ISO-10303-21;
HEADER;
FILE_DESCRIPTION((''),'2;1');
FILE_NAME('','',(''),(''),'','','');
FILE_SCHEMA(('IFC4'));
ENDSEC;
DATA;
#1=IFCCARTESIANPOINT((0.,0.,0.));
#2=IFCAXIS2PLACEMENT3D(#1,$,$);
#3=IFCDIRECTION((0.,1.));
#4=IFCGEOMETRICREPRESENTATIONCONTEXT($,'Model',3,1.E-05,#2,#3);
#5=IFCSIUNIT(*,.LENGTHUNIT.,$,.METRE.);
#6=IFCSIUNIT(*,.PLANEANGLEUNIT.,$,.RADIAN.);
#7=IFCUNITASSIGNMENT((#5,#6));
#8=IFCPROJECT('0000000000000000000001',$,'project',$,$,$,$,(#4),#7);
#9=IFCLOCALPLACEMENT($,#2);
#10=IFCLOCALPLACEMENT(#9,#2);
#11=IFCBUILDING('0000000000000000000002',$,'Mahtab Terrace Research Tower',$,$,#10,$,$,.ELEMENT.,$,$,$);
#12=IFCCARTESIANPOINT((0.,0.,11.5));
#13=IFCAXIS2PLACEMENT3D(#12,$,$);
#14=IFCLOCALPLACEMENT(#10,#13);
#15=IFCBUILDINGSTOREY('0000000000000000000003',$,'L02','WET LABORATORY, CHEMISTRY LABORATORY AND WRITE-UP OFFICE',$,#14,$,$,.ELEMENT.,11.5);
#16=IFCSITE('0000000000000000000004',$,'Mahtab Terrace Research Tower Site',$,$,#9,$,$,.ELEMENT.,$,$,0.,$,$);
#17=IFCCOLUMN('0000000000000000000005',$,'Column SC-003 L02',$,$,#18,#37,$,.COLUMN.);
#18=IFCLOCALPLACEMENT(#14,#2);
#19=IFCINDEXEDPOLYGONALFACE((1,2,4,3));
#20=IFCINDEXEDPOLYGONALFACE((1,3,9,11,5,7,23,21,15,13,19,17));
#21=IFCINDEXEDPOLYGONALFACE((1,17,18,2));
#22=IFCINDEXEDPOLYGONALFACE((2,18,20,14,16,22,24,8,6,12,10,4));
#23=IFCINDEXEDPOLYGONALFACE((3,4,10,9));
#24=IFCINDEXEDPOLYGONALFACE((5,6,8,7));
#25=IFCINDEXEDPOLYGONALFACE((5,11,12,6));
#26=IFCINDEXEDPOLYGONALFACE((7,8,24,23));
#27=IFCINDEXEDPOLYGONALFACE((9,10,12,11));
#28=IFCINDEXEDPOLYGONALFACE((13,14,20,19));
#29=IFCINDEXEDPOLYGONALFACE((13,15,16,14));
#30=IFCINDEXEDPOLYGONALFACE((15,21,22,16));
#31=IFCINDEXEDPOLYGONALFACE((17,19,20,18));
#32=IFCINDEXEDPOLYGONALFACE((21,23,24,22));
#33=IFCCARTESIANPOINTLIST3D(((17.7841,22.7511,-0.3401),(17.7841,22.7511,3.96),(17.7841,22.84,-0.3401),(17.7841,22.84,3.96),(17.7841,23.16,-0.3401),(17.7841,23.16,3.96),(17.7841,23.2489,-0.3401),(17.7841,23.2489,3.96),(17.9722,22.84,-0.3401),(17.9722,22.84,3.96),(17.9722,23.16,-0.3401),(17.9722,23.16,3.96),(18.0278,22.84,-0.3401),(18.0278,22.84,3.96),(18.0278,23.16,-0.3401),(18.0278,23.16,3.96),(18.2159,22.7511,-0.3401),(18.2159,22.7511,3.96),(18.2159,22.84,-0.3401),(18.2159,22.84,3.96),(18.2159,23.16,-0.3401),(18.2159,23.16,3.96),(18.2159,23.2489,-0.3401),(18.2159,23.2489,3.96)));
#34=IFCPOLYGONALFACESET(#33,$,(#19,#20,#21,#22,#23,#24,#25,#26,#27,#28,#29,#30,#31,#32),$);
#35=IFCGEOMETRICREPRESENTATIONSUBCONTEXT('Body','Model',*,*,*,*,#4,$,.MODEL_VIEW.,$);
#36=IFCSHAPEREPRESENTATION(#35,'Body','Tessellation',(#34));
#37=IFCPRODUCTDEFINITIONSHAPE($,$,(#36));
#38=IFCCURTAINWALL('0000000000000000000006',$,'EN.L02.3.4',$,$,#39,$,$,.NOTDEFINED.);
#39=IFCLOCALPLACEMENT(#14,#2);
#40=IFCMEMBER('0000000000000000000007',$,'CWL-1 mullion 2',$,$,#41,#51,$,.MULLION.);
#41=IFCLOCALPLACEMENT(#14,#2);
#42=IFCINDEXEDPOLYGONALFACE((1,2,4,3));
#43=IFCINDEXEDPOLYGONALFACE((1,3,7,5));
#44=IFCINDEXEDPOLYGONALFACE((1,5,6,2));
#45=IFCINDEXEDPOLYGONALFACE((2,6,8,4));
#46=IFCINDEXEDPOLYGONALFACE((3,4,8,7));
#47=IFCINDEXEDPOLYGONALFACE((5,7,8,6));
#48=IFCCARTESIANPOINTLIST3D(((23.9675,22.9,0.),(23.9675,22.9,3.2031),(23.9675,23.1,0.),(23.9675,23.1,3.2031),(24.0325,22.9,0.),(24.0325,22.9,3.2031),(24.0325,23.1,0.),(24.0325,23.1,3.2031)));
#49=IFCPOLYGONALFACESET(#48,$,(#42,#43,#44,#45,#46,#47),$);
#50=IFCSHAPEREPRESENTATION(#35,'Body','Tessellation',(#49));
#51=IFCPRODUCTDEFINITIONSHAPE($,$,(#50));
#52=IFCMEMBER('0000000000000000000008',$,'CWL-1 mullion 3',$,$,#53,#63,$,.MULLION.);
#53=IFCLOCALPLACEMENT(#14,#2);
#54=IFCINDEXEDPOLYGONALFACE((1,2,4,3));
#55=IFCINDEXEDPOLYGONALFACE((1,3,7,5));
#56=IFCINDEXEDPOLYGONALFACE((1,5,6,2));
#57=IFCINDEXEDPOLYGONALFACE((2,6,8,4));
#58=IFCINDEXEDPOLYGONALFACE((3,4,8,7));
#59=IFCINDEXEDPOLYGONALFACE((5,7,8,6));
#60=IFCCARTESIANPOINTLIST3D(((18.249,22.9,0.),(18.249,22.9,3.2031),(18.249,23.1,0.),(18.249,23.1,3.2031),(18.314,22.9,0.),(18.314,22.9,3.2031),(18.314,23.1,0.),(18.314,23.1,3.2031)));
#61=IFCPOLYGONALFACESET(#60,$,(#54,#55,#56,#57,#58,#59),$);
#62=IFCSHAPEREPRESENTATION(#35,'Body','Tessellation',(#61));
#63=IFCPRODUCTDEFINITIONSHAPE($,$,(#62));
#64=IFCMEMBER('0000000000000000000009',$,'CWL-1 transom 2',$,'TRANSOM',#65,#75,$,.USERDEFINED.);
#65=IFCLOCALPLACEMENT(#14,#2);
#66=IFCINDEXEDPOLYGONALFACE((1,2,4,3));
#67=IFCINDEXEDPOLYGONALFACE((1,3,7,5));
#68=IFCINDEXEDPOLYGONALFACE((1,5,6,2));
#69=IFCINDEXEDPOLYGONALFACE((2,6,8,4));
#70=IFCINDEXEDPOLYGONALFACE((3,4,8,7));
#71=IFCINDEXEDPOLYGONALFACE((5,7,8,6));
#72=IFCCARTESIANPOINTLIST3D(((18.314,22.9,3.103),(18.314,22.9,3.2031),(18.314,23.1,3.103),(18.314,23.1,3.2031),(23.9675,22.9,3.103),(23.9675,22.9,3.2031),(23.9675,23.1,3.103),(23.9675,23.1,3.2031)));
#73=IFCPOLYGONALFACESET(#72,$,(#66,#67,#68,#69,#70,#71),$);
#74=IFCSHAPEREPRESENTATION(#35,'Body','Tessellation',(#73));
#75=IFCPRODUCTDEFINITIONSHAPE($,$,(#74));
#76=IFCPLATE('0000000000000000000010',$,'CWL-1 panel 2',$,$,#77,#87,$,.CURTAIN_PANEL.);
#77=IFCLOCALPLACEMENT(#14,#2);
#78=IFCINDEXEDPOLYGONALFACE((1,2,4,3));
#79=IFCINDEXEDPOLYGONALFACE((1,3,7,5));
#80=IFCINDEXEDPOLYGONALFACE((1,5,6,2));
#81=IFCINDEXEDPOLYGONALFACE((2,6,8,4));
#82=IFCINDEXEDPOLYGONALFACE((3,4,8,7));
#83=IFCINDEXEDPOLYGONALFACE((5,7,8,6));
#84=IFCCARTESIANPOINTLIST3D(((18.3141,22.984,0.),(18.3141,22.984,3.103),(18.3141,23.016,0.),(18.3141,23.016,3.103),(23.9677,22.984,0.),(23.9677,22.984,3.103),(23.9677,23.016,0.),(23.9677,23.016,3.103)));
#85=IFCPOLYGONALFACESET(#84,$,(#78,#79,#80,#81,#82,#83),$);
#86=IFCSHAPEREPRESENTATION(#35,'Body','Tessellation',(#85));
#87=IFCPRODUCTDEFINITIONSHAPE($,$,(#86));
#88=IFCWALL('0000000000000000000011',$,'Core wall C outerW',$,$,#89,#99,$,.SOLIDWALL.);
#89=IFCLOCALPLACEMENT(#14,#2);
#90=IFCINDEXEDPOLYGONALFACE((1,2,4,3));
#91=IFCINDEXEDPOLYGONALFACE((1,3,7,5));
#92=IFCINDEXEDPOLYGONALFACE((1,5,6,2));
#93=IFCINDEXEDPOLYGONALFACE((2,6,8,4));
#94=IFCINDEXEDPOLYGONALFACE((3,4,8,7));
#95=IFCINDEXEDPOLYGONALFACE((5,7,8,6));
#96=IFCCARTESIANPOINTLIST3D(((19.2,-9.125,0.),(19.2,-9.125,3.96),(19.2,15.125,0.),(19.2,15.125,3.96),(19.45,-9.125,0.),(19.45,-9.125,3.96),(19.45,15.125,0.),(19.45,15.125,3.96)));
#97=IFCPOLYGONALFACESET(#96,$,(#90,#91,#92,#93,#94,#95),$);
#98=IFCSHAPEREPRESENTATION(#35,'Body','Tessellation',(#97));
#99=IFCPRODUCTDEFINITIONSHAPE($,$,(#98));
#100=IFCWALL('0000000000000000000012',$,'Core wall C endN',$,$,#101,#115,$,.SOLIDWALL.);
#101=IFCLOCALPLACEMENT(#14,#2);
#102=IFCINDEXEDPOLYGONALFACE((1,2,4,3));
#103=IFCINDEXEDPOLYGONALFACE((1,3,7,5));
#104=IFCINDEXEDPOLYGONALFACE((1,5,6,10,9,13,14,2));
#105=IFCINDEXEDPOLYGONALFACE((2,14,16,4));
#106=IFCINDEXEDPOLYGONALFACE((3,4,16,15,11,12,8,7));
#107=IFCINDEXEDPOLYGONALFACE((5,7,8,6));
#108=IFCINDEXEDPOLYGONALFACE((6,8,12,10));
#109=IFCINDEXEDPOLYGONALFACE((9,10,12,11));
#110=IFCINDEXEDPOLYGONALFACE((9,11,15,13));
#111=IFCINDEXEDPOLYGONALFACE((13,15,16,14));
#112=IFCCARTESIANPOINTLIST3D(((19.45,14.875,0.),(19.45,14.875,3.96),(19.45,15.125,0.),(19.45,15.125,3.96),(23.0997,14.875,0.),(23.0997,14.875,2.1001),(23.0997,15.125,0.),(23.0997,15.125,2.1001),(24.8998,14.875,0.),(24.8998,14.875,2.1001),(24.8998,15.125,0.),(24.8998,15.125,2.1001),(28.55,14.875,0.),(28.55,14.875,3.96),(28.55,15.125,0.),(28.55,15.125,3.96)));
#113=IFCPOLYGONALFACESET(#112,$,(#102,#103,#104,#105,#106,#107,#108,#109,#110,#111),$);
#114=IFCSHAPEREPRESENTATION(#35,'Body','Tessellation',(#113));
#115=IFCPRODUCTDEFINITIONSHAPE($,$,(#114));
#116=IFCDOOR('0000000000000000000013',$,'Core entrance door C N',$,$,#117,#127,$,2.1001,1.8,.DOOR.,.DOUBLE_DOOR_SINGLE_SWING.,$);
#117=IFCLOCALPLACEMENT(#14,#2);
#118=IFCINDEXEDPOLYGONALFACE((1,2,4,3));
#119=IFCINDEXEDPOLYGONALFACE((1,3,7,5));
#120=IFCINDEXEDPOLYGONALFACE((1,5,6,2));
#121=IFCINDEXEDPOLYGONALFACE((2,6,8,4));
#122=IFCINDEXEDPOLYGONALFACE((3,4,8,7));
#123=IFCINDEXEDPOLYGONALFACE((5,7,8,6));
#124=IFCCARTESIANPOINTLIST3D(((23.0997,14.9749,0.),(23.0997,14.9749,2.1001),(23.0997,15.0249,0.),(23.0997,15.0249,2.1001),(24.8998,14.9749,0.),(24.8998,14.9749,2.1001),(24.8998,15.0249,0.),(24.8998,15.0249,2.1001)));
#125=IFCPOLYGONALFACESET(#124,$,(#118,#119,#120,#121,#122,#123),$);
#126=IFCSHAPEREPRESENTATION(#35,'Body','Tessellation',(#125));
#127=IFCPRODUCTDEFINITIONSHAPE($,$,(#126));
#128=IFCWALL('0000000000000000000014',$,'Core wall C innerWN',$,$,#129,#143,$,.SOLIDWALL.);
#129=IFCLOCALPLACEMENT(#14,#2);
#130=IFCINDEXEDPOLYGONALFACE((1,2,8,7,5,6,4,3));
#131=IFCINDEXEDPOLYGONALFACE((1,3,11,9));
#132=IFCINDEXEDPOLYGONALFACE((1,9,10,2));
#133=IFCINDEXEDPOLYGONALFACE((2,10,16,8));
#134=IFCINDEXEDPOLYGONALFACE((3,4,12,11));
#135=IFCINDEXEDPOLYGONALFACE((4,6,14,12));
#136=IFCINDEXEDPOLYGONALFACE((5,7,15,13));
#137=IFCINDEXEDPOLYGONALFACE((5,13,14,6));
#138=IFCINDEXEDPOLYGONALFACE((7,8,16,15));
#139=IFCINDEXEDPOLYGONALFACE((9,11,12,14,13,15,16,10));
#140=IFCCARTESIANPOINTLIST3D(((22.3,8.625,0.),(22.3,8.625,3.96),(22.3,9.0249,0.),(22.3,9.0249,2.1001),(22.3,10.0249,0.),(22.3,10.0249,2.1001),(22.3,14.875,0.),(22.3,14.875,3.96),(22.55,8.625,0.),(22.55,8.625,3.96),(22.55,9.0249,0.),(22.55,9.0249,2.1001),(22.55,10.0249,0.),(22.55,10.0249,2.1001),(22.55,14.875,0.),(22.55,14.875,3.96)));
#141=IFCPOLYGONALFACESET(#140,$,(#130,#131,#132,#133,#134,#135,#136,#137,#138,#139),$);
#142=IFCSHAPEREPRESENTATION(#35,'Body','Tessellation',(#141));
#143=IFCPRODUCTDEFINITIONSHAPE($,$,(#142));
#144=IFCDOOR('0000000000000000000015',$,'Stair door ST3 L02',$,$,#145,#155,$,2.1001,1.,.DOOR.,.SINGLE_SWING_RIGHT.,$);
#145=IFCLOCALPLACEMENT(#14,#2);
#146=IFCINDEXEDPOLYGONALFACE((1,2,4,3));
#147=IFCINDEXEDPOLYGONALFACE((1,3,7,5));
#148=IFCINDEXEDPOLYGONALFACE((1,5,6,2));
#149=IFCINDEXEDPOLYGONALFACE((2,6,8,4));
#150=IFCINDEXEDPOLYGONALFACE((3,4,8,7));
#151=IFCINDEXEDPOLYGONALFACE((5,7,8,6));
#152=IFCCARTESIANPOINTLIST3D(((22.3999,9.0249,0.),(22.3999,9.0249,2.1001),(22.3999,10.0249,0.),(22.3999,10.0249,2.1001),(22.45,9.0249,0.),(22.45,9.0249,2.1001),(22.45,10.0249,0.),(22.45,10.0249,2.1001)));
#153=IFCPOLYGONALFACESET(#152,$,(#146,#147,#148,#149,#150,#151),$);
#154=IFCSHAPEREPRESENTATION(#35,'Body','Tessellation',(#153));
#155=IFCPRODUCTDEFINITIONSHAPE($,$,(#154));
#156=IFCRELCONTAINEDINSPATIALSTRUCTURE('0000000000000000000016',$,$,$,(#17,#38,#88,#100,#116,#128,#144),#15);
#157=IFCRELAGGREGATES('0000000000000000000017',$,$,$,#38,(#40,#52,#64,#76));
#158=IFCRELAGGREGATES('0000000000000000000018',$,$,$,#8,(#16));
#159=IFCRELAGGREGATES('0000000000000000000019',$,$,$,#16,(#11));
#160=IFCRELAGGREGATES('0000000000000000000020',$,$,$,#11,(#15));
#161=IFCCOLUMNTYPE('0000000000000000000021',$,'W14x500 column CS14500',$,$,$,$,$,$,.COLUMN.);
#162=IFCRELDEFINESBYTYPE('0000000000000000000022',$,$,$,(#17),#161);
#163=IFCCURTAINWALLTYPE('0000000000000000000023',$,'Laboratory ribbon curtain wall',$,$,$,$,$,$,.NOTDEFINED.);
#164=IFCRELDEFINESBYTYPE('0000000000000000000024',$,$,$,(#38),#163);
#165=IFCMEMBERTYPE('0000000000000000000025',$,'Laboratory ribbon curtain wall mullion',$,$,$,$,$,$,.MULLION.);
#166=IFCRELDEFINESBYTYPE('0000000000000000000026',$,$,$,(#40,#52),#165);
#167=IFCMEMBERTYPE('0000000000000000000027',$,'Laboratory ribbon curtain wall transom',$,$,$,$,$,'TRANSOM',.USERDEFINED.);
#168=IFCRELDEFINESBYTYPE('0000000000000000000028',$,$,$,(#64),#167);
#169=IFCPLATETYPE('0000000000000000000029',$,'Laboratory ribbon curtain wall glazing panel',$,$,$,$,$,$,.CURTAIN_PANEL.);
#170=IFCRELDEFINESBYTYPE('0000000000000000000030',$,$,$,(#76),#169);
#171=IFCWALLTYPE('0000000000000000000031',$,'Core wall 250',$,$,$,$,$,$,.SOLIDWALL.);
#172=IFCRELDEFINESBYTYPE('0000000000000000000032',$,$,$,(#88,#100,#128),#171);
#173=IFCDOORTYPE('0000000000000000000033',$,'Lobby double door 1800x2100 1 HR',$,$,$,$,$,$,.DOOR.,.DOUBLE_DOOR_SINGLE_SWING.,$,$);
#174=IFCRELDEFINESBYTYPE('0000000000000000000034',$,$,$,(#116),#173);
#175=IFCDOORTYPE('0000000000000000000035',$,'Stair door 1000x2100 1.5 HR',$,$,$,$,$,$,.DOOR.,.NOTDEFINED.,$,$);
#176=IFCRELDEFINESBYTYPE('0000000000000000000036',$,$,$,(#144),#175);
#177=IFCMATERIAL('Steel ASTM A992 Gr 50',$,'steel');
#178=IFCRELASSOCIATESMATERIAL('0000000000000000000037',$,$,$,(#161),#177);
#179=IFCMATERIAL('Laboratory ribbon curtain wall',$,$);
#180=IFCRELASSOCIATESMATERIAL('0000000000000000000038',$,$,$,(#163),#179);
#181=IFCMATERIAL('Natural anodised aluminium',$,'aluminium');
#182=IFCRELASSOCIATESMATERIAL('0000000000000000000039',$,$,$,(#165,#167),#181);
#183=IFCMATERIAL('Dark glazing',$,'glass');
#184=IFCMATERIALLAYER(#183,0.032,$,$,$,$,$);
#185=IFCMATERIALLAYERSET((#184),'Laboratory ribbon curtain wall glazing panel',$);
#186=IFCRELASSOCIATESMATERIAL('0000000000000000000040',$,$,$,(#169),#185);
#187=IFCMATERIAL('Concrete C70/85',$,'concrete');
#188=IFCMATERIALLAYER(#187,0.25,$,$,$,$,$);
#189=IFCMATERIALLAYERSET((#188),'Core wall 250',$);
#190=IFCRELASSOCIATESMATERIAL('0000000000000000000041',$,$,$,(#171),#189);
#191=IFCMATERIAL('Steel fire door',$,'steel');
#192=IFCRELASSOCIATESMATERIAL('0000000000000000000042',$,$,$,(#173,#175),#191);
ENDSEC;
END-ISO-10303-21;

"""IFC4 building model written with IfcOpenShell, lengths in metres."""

from ifc_helpers import new_model, si_unit, direction, frame, frame_2d, origin, origin_2d, place, context, subcontext, project, spatial, rectangle, i_section, extrude, material, layer, layer_set, material_profile, profile_set, type_object, element, fill, aggregate, save


model = new_model("IFC4")

# Units and contexts
model_context = context("Model", 3, precision=1e-05, world=origin(), true_north=direction((0.0, 1.0)))
body_context = subcontext(model_context, "Body", "Model", "MODEL_VIEW")
ifc_project = project(units=[si_unit("LENGTHUNIT", "METRE"), si_unit("PLANEANGLEUNIT", "RADIAN")], contexts=[model_context])

# Site, building, storey
site_placement = place(None, origin())
site = spatial("IfcSite", under=ifc_project, at=site_placement, Name="Mahtab Terrace Research Tower Site", CompositionType="ELEMENT", RefElevation=0.0)
building_placement = place(site_placement, origin())
building = spatial("IfcBuilding", under=site, at=building_placement, Name="Mahtab Terrace Research Tower", CompositionType="ELEMENT")
storey_placement = place(building_placement, frame((0.0, 0.0, 11.5)))
storey = spatial("IfcBuildingStorey", under=building, at=storey_placement, Name="L02", Description="WET LABORATORY, CHEMISTRY LABORATORY AND WRITE-UP OFFICE", CompositionType="ELEMENT", Elevation=11.5)

# Column
ifc_material_1 = material(Name="Steel ASTM A992 Gr 50", Category="steel")
ifc_material_profile_1 = material_profile(ifc_material_1, i_section(OverallWidth=0.4319, OverallDepth=0.4978, WebThickness=0.0557, FlangeThickness=0.0889, at=origin_2d()), Name="W14X500")
ifc_profile_set_1 = profile_set([ifc_material_profile_1], Name="Steel ASTM A992 Gr 50")
column_type = type_object("IfcColumnType", Name="W14x500 column CS14500", PredefinedType="COLUMN", material=ifc_profile_set_1)
column_placement = place(storey_placement, frame((18.0, 23.0, -0.3401), z_axis=(0.0, 0.0, 1.0), x_axis=(1.0, 0.0, 0.0)))
element("IfcColumn", 1, at=column_placement, inside=storey, type_object=column_type, Name="Column SC-003 L02", PredefinedType="COLUMN", context=body_context, shape_type="SweptSolid", body=[
    extrude(i_section(OverallWidth=0.4319, OverallDepth=0.4978, WebThickness=0.0557, FlangeThickness=0.0889, at=origin_2d()), origin(), (0.0, 0.0, 1.0), 4.3),
])

# Curtain wall, members, plate
ifc_material_2 = material(Name="Laboratory ribbon curtain wall")
curtain_wall_type = type_object("IfcCurtainWallType", Name="Laboratory ribbon curtain wall", PredefinedType="NOTDEFINED", material=ifc_material_2)
curtain_wall_placement = place(storey_placement, origin())
curtain_wall = element("IfcCurtainWall", 2, at=curtain_wall_placement, inside=storey, type_object=curtain_wall_type, Name="EN.L02.3.4", PredefinedType="NOTDEFINED")
ifc_material_3 = material(Name="Natural anodised aluminium", Category="aluminium")
ifc_material_profile_2 = material_profile(ifc_material_3, rectangle(XDim=0.2, YDim=0.0649, at=origin_2d()), Name="MULLION 65x200")
ifc_profile_set_2 = profile_set([ifc_material_profile_2], Name="Natural anodised aluminium")
member_type_1 = type_object("IfcMemberType", Name="Laboratory ribbon curtain wall mullion", PredefinedType="MULLION", material=ifc_profile_set_2)
member_1_placement = place(storey_placement, frame((24.0, 23.0, 0.0), z_axis=(0.0, 0.0, 1.0), x_axis=(0.0, -1.0, 0.0)))
member_1 = element("IfcMember", 3, at=member_1_placement, type_object=member_type_1, Name="CWL-1 mullion 2", PredefinedType="MULLION", context=body_context, shape_type="SweptSolid", body=[
    extrude(rectangle(XDim=0.2, YDim=0.0649, at=origin_2d()), origin(), (0.0, 0.0, 1.0), 3.2031),
])
member_2_placement = place(storey_placement, frame((18.2815, 23.0, 0.0), z_axis=(0.0, 0.0, 1.0), x_axis=(0.0, -1.0, 0.0)))
member_2 = element("IfcMember", 4, at=member_2_placement, type_object=member_type_1, Name="CWL-1 mullion 3", PredefinedType="MULLION", context=body_context, shape_type="SweptSolid", body=[
    extrude(rectangle(XDim=0.2, YDim=0.0649, at=origin_2d()), origin(), (0.0, 0.0, 1.0), 3.2031),
])
ifc_material_profile_3 = material_profile(ifc_material_3, rectangle(XDim=0.2, YDim=0.1001, at=origin_2d()), Name="TRANSOM 100x200")
ifc_profile_set_3 = profile_set([ifc_material_profile_3], Name="Natural anodised aluminium")
member_type_2 = type_object("IfcMemberType", Name="Laboratory ribbon curtain wall transom", ElementType="TRANSOM", PredefinedType="USERDEFINED", material=ifc_profile_set_3)
member_3_placement = place(storey_placement, frame((23.9675, 23.0, 3.1531), z_axis=(-1.0, 0.0, 0.0), x_axis=(0.0, -1.0, 0.0)))
member_3 = element("IfcMember", 5, at=member_3_placement, type_object=member_type_2, Name="CWL-1 transom 2", ObjectType="TRANSOM", PredefinedType="USERDEFINED", context=body_context, shape_type="SweptSolid", body=[
    extrude(rectangle(XDim=0.2, YDim=0.1001, at=origin_2d()), origin(), (0.0, 0.0, 1.0), 5.6536),
])
ifc_material_4 = material(Name="Dark glazing", Category="glass")
ifc_layer_1 = layer(ifc_material_4, 0.032)
ifc_layer_set_1 = layer_set([ifc_layer_1], Name="Laboratory ribbon curtain wall glazing panel")
plate_type = type_object("IfcPlateType", Name="Laboratory ribbon curtain wall glazing panel", PredefinedType="CURTAIN_PANEL", material=ifc_layer_set_1)
plate_placement = place(storey_placement, frame((21.1409, 23.0, 0.0), z_axis=(0.0, 0.0, 1.0), x_axis=(-1.0, 0.0, 0.0)))
plate = element("IfcPlate", 6, at=plate_placement, type_object=plate_type, Name="CWL-1 panel 2", PredefinedType="CURTAIN_PANEL", context=body_context, shape_type="SweptSolid", body=[
    extrude(rectangle(XDim=5.6536, YDim=0.032, at=origin_2d()), origin(), (0.0, 0.0, 1.0), 3.103),
])
aggregate(curtain_wall, [member_1, member_2, member_3, plate])

# Wall
ifc_material_5 = material(Name="Concrete C70/85", Category="concrete")
ifc_layer_2 = layer(ifc_material_5, 0.25)
ifc_layer_set_2 = layer_set([ifc_layer_2], Name="Core wall 250")
wall_type_1 = type_object("IfcWallType", Name="Core wall 250", PredefinedType="SOLIDWALL", material=ifc_layer_set_2)
wall_1_placement = place(storey_placement, frame((19.325, 15.125, 0.0), z_axis=(0.0, 0.0, 1.0), x_axis=(0.0, -1.0, 0.0)))
element("IfcWall", 7, at=wall_1_placement, inside=storey, type_object=wall_type_1, Name="Core wall C outerW", PredefinedType="SOLIDWALL", context=body_context, shape_type="SweptSolid", body=[
    extrude(rectangle(XDim=24.25, YDim=0.25, at=frame_2d((12.125, 0.0))), origin(), (0.0, 0.0, 1.0), 3.96),
])

# Walls, openings, doors
wall_2_placement = place(storey_placement, frame((19.45, 15.0, 0.0), z_axis=(0.0, 0.0, 1.0), x_axis=(1.0, 0.0, 0.0)))
wall_2 = element("IfcWall", 8, at=wall_2_placement, inside=storey, type_object=wall_type_1, Name="Core wall C endN", PredefinedType="SOLIDWALL", context=body_context, shape_type="SweptSolid", body=[
    extrude(rectangle(XDim=9.1001, YDim=0.25, at=frame_2d((4.55, 0.0))), origin(), (0.0, 0.0, 1.0), 3.96),
])
opening_1_placement = place(wall_2_placement, frame((3.6499, 0.0, 0.0)))
opening_1 = element("IfcOpeningElement", 9, at=opening_1_placement, cuts=wall_2, PredefinedType="OPENING", context=body_context, shape_type="SweptSolid", body=[
    extrude(rectangle(XDim=1.8, YDim=2.1001, at=frame_2d((0.8999, 1.05))), frame((0.0, 0.135, 0.0), z_axis=(0.0, -1.0, 0.0), x_axis=(1.0, 0.0, 0.0)), (0.0, 0.0, 1.0), 0.27),
])
ifc_material_6 = material(Name="Steel fire door", Category="steel")
door_type_1 = type_object("IfcDoorType", Name="Lobby double door 1800x2100 1 HR", OperationType="DOUBLE_DOOR_SINGLE_SWING", PredefinedType="DOOR", material=ifc_material_6)
door_1_placement = place(opening_1_placement, origin())
door_1 = element("IfcDoor", 10, at=door_1_placement, inside=storey, type_object=door_type_1, Name="Core entrance door C N", OperationType="DOUBLE_DOOR_SINGLE_SWING", OverallHeight=2.1001, OverallWidth=1.8, PredefinedType="DOOR", context=body_context, shape_type="SweptSolid", body=[
    extrude(rectangle(XDim=1.8, YDim=2.1001, at=frame_2d((0.8999, 1.05))), frame((0.0, 0.0249, 0.0), z_axis=(0.0, -1.0, 0.0), x_axis=(1.0, 0.0, 0.0)), (0.0, 0.0, 1.0), 0.05),
])
fill(opening_1, door_1)
wall_3_placement = place(storey_placement, frame((22.425, 14.875, 0.0), z_axis=(0.0, 0.0, 1.0), x_axis=(0.0, -1.0, 0.0)))
wall_3 = element("IfcWall", 11, at=wall_3_placement, inside=storey, type_object=wall_type_1, Name="Core wall C innerWN", PredefinedType="SOLIDWALL", context=body_context, shape_type="SweptSolid", body=[
    extrude(rectangle(XDim=6.25, YDim=0.25, at=frame_2d((3.125, 0.0))), origin(), (0.0, 0.0, 1.0), 3.96),
])
opening_2_placement = place(wall_3_placement, frame((4.8501, 0.0, 0.0)))
opening_2 = element("IfcOpeningElement", 12, at=opening_2_placement, cuts=wall_3, PredefinedType="OPENING", context=body_context, shape_type="SweptSolid", body=[
    extrude(rectangle(XDim=1.0, YDim=2.1001, at=frame_2d((0.5, 1.05))), frame((0.0, 0.135, 0.0), z_axis=(0.0, -1.0, 0.0), x_axis=(1.0, 0.0, 0.0)), (0.0, 0.0, 1.0), 0.27),
])
door_type_2 = type_object("IfcDoorType", Name="Stair door 1000x2100 1.5 HR", OperationType="NOTDEFINED", PredefinedType="DOOR", material=ifc_material_6)
door_2_placement = place(opening_2_placement, origin())
door_2 = element("IfcDoor", 13, at=door_2_placement, inside=storey, type_object=door_type_2, Name="Stair door ST3 L02", OperationType="SINGLE_SWING_RIGHT", OverallHeight=2.1001, OverallWidth=1.0, PredefinedType="DOOR", context=body_context, shape_type="SweptSolid", body=[
    extrude(rectangle(XDim=1.0, YDim=2.1001, at=frame_2d((0.5, 1.05))), frame((0.0, 0.0249, 0.0), z_axis=(0.0, -1.0, 0.0), x_axis=(1.0, 0.0, 0.0)), (0.0, 0.0, 1.0), 0.05),
])
fill(opening_2, door_2)

save(model, "model.ifc")
